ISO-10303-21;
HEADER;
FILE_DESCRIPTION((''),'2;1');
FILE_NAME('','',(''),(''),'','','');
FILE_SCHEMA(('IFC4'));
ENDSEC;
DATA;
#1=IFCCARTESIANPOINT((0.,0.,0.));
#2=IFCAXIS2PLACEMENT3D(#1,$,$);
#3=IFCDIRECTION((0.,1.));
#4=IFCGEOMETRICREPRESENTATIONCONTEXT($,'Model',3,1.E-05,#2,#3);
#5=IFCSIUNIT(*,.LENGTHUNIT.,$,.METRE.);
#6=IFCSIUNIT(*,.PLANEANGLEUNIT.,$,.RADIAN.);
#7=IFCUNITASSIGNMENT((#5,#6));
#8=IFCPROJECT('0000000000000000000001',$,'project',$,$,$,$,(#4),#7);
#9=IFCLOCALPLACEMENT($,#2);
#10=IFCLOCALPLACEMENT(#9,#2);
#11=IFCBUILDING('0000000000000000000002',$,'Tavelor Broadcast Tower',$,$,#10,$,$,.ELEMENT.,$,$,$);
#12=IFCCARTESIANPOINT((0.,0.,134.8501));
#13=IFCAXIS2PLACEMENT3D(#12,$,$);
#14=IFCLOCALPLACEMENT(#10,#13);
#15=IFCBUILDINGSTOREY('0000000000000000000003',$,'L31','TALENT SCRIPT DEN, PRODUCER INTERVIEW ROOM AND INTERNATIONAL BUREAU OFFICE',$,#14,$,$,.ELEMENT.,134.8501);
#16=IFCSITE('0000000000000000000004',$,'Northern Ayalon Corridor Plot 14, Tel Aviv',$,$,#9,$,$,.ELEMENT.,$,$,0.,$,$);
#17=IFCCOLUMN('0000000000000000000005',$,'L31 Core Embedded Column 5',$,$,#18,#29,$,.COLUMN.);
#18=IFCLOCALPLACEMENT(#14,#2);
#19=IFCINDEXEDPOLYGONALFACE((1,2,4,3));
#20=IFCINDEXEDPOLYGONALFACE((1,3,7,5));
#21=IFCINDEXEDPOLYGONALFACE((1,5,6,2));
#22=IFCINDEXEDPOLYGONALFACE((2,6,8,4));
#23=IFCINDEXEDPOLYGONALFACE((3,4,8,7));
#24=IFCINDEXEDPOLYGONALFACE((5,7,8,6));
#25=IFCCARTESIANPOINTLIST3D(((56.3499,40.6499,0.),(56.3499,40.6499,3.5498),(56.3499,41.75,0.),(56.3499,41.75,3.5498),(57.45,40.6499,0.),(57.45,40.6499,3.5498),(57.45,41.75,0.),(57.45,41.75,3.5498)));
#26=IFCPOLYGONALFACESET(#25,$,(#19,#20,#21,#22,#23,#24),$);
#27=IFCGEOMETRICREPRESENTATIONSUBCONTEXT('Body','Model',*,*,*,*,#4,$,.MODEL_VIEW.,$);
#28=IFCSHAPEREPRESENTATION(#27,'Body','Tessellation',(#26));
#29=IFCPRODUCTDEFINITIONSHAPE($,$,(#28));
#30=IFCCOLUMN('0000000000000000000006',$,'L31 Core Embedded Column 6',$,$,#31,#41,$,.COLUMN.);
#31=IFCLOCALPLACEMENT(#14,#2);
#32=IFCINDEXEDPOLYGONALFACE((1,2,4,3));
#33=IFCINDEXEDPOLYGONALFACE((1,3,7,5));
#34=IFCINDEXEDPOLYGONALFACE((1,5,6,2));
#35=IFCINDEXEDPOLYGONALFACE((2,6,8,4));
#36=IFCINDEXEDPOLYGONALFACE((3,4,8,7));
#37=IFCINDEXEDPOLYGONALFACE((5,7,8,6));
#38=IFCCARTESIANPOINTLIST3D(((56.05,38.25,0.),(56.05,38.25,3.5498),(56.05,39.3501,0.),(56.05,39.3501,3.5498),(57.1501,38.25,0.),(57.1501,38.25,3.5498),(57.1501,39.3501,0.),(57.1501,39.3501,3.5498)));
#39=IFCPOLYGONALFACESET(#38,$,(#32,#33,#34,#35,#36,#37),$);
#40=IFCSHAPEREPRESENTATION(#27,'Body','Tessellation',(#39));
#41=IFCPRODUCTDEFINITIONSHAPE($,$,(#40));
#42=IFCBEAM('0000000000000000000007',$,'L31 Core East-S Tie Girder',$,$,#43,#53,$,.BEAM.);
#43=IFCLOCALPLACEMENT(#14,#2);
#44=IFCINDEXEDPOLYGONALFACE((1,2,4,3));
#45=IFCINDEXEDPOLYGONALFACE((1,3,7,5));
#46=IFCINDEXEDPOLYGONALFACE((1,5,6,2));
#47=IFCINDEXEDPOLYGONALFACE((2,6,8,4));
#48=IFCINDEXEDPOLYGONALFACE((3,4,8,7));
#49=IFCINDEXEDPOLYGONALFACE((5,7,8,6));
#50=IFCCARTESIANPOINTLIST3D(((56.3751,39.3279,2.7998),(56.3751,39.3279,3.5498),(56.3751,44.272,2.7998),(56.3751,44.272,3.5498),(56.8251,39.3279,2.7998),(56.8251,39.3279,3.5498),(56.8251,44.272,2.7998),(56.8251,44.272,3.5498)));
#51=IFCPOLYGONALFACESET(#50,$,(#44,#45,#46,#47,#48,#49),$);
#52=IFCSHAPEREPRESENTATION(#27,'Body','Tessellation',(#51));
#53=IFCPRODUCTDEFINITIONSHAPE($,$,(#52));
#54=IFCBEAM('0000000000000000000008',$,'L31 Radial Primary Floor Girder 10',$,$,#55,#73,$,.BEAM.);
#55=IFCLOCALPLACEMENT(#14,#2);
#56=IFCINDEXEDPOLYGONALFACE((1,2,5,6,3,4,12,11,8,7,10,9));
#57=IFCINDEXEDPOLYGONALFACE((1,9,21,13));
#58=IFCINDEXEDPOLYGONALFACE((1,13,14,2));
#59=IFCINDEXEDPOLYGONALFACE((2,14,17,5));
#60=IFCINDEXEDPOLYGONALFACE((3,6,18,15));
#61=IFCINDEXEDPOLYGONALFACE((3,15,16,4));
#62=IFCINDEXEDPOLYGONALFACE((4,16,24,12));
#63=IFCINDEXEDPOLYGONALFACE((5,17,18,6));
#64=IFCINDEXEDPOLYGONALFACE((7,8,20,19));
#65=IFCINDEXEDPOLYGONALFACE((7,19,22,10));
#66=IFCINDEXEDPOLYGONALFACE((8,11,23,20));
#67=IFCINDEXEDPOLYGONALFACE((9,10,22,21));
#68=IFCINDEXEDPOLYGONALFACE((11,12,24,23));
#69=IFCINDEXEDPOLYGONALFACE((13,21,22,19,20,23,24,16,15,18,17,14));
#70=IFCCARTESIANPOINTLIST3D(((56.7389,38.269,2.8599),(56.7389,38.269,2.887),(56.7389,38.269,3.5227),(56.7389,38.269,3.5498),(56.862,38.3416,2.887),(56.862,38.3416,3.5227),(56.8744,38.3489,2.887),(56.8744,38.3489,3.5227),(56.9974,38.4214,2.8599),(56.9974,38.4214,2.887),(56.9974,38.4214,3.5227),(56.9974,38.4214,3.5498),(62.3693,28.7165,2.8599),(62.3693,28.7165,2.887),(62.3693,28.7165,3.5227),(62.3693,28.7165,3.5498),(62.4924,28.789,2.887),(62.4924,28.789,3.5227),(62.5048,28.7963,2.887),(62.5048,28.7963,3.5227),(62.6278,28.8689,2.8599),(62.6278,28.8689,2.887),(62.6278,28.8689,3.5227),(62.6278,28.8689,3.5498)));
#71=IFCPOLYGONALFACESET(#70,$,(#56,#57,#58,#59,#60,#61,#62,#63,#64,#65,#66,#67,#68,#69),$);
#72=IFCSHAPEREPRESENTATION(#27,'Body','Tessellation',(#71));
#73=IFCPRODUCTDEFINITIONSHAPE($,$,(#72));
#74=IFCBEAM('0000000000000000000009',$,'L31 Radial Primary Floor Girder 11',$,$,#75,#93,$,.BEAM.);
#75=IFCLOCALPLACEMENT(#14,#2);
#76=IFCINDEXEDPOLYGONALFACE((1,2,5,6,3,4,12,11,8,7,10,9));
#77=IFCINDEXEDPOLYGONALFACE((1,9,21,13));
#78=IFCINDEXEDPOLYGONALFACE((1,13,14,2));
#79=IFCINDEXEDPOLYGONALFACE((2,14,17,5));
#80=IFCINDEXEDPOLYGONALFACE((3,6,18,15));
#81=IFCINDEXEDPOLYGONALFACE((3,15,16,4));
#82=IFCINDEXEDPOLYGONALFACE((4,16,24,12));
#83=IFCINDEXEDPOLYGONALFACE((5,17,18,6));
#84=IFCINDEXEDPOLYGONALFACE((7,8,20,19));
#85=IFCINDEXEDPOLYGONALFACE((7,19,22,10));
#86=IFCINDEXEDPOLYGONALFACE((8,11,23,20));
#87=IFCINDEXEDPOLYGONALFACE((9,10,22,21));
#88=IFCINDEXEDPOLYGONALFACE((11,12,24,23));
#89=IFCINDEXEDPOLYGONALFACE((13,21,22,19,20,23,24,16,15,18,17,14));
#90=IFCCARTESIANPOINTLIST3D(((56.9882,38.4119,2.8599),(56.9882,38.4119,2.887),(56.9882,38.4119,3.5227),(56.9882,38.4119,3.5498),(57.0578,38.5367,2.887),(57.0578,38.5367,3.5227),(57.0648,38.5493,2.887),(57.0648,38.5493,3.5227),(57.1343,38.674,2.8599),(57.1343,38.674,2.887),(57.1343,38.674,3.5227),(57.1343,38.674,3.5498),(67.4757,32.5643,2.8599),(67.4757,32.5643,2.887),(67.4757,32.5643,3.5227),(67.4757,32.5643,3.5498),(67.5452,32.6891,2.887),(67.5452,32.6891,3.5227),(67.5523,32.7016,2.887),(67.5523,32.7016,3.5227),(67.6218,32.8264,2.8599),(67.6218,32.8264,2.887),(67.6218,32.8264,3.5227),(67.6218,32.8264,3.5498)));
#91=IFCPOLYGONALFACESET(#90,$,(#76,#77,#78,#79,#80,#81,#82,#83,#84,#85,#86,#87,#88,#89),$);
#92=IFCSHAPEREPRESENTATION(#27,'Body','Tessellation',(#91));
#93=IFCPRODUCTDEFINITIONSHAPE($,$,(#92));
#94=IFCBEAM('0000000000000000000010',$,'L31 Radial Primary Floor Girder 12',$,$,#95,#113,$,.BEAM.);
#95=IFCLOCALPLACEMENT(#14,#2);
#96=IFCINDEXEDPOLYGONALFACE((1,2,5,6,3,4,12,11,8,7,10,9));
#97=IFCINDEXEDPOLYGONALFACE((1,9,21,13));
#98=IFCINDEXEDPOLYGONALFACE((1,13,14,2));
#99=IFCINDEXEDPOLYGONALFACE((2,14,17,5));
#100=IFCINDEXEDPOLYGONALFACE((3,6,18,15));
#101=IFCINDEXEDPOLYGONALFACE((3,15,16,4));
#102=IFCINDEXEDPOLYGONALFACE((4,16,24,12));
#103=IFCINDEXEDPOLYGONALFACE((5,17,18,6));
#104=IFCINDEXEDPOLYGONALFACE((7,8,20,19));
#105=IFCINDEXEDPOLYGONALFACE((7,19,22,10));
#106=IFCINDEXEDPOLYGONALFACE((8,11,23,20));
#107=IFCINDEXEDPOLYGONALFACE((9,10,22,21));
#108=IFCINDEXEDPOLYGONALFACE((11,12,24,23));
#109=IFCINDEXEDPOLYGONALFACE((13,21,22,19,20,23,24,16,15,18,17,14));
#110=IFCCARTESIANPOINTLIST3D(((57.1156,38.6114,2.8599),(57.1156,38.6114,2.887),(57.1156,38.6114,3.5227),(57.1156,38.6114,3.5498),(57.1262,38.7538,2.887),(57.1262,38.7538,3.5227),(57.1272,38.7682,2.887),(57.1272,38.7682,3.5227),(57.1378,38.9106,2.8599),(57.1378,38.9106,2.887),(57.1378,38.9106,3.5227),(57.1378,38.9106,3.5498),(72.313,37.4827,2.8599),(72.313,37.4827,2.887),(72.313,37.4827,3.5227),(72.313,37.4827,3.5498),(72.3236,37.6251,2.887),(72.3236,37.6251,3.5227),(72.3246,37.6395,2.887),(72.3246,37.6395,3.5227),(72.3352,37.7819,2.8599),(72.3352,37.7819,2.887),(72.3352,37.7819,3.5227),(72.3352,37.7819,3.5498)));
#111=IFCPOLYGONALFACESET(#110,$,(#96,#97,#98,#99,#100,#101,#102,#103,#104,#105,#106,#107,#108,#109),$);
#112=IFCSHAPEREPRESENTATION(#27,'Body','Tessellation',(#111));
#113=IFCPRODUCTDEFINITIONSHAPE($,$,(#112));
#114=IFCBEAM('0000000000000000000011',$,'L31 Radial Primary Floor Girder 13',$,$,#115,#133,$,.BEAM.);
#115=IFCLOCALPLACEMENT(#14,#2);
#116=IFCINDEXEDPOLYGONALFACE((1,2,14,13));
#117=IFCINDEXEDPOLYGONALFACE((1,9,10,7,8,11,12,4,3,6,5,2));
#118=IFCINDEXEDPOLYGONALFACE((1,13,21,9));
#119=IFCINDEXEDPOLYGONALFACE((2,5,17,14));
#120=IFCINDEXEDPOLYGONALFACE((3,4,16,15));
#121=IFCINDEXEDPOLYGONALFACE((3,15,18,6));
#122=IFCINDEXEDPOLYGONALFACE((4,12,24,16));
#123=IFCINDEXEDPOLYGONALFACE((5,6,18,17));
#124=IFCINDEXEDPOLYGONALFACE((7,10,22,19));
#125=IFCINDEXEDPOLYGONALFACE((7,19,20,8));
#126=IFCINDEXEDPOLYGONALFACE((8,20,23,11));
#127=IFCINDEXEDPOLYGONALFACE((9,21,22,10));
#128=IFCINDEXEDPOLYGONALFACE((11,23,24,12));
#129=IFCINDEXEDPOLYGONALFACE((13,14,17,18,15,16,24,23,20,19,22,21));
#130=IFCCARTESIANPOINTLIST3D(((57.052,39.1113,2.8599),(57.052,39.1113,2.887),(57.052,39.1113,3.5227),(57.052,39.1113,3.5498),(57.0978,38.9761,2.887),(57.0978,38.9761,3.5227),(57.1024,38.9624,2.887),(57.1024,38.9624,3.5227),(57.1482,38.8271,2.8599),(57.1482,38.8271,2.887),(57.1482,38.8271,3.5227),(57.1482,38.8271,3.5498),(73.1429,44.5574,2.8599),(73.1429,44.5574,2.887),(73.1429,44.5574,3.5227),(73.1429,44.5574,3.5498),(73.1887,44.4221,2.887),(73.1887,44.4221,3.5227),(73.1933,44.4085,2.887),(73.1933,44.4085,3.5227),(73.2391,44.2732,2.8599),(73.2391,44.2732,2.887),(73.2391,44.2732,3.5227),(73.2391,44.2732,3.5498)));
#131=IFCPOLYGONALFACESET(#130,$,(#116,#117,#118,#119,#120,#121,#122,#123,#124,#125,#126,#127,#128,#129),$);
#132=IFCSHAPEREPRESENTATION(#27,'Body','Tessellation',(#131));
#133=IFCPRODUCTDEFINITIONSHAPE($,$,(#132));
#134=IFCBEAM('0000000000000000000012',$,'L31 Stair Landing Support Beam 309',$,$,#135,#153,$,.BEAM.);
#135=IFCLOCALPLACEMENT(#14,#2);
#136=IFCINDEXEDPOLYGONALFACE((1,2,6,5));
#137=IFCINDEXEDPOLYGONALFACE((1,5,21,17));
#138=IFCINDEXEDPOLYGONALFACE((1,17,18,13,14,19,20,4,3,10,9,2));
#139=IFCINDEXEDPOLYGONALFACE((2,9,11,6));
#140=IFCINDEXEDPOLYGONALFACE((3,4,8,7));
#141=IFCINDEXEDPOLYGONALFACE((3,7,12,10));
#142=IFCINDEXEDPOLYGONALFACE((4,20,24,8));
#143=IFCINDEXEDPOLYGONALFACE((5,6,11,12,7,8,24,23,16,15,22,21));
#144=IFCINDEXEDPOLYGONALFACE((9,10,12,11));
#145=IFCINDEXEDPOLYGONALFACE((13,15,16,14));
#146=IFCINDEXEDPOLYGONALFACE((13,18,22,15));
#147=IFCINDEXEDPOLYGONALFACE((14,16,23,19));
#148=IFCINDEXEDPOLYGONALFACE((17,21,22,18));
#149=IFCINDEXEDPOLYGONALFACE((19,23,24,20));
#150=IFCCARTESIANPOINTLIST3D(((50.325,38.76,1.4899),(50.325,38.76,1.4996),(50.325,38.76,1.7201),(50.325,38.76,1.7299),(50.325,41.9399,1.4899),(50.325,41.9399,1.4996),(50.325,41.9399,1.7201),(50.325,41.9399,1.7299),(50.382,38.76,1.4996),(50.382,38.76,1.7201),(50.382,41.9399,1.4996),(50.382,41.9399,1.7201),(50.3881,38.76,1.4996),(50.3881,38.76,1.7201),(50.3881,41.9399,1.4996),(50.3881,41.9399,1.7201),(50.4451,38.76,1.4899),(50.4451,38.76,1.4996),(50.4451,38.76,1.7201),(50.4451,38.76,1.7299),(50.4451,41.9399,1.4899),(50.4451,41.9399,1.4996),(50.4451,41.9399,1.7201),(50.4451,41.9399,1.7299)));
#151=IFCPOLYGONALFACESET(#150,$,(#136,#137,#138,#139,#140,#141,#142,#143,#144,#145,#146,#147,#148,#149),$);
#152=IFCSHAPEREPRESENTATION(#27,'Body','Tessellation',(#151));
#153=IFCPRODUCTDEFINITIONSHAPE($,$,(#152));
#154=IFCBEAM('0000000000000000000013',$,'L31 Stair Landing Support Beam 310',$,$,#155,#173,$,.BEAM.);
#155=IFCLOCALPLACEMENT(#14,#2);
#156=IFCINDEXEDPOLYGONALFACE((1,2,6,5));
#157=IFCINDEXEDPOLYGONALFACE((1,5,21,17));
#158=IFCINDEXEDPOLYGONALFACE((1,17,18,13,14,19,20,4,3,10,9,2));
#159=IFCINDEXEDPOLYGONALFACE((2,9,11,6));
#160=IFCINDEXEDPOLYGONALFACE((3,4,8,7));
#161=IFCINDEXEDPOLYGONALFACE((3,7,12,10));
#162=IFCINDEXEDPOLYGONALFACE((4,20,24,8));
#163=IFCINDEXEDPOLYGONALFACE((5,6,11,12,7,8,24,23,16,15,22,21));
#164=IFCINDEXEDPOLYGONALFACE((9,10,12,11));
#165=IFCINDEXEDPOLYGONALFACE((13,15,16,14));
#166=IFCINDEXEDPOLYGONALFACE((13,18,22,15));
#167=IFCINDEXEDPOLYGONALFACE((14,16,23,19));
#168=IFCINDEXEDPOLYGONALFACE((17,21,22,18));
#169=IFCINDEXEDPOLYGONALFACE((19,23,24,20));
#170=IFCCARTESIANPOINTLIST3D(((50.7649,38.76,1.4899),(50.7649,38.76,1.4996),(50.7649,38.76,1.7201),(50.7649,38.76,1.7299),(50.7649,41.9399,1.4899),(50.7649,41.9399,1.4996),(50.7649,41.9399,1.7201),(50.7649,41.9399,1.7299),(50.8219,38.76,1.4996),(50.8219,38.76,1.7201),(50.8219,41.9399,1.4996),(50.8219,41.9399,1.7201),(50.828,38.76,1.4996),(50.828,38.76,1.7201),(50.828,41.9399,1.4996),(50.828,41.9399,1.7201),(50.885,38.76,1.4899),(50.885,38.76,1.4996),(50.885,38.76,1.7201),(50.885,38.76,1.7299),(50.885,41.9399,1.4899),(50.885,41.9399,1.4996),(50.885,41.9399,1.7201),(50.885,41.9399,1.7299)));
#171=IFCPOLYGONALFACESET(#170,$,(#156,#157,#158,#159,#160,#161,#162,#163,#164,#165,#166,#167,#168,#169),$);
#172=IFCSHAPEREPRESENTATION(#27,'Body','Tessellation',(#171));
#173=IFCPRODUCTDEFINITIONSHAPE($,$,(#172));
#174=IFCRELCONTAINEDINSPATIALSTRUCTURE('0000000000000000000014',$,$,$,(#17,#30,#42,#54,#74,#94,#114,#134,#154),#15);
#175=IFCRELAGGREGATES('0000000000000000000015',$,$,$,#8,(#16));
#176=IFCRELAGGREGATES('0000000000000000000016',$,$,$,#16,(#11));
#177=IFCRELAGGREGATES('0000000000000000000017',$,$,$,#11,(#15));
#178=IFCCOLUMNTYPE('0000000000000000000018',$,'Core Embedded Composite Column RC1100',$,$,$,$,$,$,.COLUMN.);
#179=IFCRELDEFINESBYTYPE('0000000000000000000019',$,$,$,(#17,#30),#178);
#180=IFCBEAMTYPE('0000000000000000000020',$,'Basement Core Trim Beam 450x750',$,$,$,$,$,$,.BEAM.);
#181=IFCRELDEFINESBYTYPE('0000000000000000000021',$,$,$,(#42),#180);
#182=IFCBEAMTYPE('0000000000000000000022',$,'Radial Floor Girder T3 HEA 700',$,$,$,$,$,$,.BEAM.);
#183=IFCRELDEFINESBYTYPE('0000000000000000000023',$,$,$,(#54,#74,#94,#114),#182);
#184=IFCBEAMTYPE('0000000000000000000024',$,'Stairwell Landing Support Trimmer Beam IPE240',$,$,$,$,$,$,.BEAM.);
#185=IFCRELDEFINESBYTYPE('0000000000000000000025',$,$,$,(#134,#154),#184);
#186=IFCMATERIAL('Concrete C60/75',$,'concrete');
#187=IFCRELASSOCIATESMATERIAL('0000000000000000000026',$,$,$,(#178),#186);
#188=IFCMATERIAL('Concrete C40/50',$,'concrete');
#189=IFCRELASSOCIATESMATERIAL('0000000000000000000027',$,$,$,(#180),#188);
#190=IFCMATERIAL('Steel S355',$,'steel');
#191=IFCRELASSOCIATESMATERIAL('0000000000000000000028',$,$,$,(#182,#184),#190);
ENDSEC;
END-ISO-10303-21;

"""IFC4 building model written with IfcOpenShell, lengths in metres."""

from ifc_helpers import new_model, si_unit, direction, frame, origin, origin_2d, place, context, subcontext, project, spatial, rectangle, i_section, extrude, material, material_profile, profile_set, type_object, element, save


model = new_model("IFC4")

# Units and contexts
model_context = context("Model", 3, precision=1e-05, world=origin(), true_north=direction((0.0, 1.0)))
body_context = subcontext(model_context, "Body", "Model", "MODEL_VIEW")
ifc_project = project(units=[si_unit("LENGTHUNIT", "METRE"), si_unit("PLANEANGLEUNIT", "RADIAN")], contexts=[model_context])

# Site, building, storey
site_placement = place(None, origin())
site = spatial("IfcSite", under=ifc_project, at=site_placement, Name="Northern Ayalon Corridor Plot 14, Tel Aviv", CompositionType="ELEMENT", RefElevation=0.0)
building_placement = place(site_placement, origin())
building = spatial("IfcBuilding", under=site, at=building_placement, Name="Tavelor Broadcast Tower", CompositionType="ELEMENT")
storey_placement = place(building_placement, frame((0.0, 0.0, 134.8501)))
storey = spatial("IfcBuildingStorey", under=building, at=storey_placement, Name="L31", Description="TALENT SCRIPT DEN, PRODUCER INTERVIEW ROOM AND INTERNATIONAL BUREAU OFFICE", CompositionType="ELEMENT", Elevation=134.8501)

# Columns
ifc_material_1 = material(Name="Concrete C60/75", Category="concrete")
ifc_material_profile_1 = material_profile(ifc_material_1, rectangle(XDim=1.1001, YDim=1.1001, at=origin_2d()), Name="RC 1100x1100")
ifc_profile_set_1 = profile_set([ifc_material_profile_1], Name="Concrete C60/75")
column_type = type_object("IfcColumnType", Name="Core Embedded Composite Column RC1100", PredefinedType="COLUMN", material=ifc_profile_set_1)
for number, where, z_axis, x_axis, name in (
    (1, (56.8999, 41.2, 0.0), (0.0, 0.0, 1.0), (1.0, 0.0, 0.0), "L31 Core Embedded Column 5"),
    (2, (56.6001, 38.8, 0.0), (0.0, 0.0, 1.0), (1.0, 0.0, 0.0), "L31 Core Embedded Column 6"),
):
    element("IfcColumn", number, at=place(storey_placement, frame(where, z_axis=z_axis, x_axis=x_axis)), inside=storey, type_object=column_type, Name=name, PredefinedType="COLUMN", context=body_context, shape_type="SweptSolid", body=[
        extrude(rectangle(XDim=1.1001, YDim=1.1001, at=origin_2d()), origin(), (0.0, 0.0, 1.0), 3.5498),
    ])

# Beams
ifc_material_2 = material(Name="Concrete C40/50", Category="concrete")
ifc_material_profile_2 = material_profile(ifc_material_2, rectangle(XDim=0.45, YDim=0.75, at=origin_2d()), Name="RC 450x750")
ifc_profile_set_2 = profile_set([ifc_material_profile_2], Name="Concrete C40/50")
beam_type_1 = type_object("IfcBeamType", Name="Basement Core Trim Beam 450x750", PredefinedType="BEAM", material=ifc_profile_set_2)
beam_1_placement = place(storey_placement, frame((56.6001, 39.3279, 3.1748), z_axis=(0.0, 1.0, 0.0), x_axis=(-1.0, 0.0, 0.0)))
element("IfcBeam", 3, at=beam_1_placement, inside=storey, type_object=beam_type_1, Name="L31 Core East-S Tie Girder", PredefinedType="BEAM", context=body_context, shape_type="SweptSolid", body=[
    extrude(rectangle(XDim=0.45, YDim=0.75, at=origin_2d()), origin(), (0.0, 0.0, 1.0), 4.9441),
])
ifc_material_3 = material(Name="Steel S355", Category="steel")
ifc_material_profile_3 = material_profile(ifc_material_3, i_section(OverallWidth=0.3, OverallDepth=0.6899, WebThickness=0.0144, FlangeThickness=0.0271, at=origin_2d()), Name="HEA 700")
ifc_profile_set_3 = profile_set([ifc_material_profile_3], Name="Steel S355")
beam_type_2 = type_object("IfcBeamType", Name="Radial Floor Girder T3 HEA 700", PredefinedType="BEAM", material=ifc_profile_set_3)
beam_2_placement = place(storey_placement, frame((56.8682, 38.3452, 3.2048), z_axis=(0.507774, -0.86149, 0.0), x_axis=(0.86149, 0.507774, 0.0)))
element("IfcBeam", 4, at=beam_2_placement, inside=storey, type_object=beam_type_2, Name="L31 Radial Primary Floor Girder 10", PredefinedType="BEAM", context=body_context, shape_type="SweptSolid", body=[
    extrude(i_section(OverallWidth=0.3, OverallDepth=0.6899, WebThickness=0.0144, FlangeThickness=0.0271, at=origin_2d()), origin(), (0.0, 0.0, 1.0), 11.0884),
])
beam_3_placement = place(storey_placement, frame((57.0613, 38.543, 3.2048), z_axis=(0.873405, -0.486994, 0.0), x_axis=(0.486994, 0.873405, 0.0)))
element("IfcBeam", 5, at=beam_3_placement, inside=storey, type_object=beam_type_2, Name="L31 Radial Primary Floor Girder 11", PredefinedType="BEAM", context=body_context, shape_type="SweptSolid", body=[
    extrude(i_section(OverallWidth=0.3, OverallDepth=0.6899, WebThickness=0.0144, FlangeThickness=0.0271, at=origin_2d()), origin(), (0.0, 0.0, 1.0), 12.0076),
])
beam_4_placement = place(storey_placement, frame((57.1267, 38.761, 3.2048), z_axis=(0.997254, -0.074062, 0.0), x_axis=(0.074062, 0.997254, 0.0)))
element("IfcBeam", 6, at=beam_4_placement, inside=storey, type_object=beam_type_2, Name="L31 Radial Primary Floor Girder 12", PredefinedType="BEAM", context=body_context, shape_type="SweptSolid", body=[
    extrude(i_section(OverallWidth=0.3, OverallDepth=0.6899, WebThickness=0.0144, FlangeThickness=0.0271, at=origin_2d()), origin(), (0.0, 0.0, 1.0), 15.2393),
])
beam_5_placement = place(storey_placement, frame((57.1001, 38.9692, 3.2048), z_axis=(0.947217, 0.320592, 0.0), x_axis=(-0.320592, 0.947217, 0.0)))
element("IfcBeam", 7, at=beam_5_placement, inside=storey, type_object=beam_type_2, Name="L31 Radial Primary Floor Girder 13", PredefinedType="BEAM", context=body_context, shape_type="SweptSolid", body=[
    extrude(i_section(OverallWidth=0.3, OverallDepth=0.6899, WebThickness=0.0144, FlangeThickness=0.0271, at=origin_2d()), origin(), (0.0, 0.0, 1.0), 16.9875),
])
ifc_material_profile_4 = material_profile(ifc_material_3, i_section(OverallWidth=0.1201, OverallDepth=0.24, WebThickness=0.0061, FlangeThickness=0.0098, at=origin_2d()), Name="IPE 240")
ifc_profile_set_4 = profile_set([ifc_material_profile_4], Name="Steel S355")
beam_type_3 = type_object("IfcBeamType", Name="Stairwell Landing Support Trimmer Beam IPE240", PredefinedType="BEAM", material=ifc_profile_set_4)
for number, where, z_axis, x_axis, name in (
    (8, (50.385, 38.76, 1.6099), (0.0, 1.0, 0.0), (-1.0, 0.0, 0.0), "L31 Stair Landing Support Beam 309"),
    (9, (50.825, 38.76, 1.6099), (0.0, 1.0, 0.0), (-1.0, 0.0, 0.0), "L31 Stair Landing Support Beam 310"),
):
    element("IfcBeam", number, at=place(storey_placement, frame(where, z_axis=z_axis, x_axis=x_axis)), inside=storey, type_object=beam_type_3, Name=name, PredefinedType="BEAM", context=body_context, shape_type="SweptSolid", body=[
        extrude(i_section(OverallWidth=0.1201, OverallDepth=0.24, WebThickness=0.0061, FlangeThickness=0.0098, at=origin_2d()), origin(), (0.0, 0.0, 1.0), 3.1799),
    ])

save(model, "model.ifc")
